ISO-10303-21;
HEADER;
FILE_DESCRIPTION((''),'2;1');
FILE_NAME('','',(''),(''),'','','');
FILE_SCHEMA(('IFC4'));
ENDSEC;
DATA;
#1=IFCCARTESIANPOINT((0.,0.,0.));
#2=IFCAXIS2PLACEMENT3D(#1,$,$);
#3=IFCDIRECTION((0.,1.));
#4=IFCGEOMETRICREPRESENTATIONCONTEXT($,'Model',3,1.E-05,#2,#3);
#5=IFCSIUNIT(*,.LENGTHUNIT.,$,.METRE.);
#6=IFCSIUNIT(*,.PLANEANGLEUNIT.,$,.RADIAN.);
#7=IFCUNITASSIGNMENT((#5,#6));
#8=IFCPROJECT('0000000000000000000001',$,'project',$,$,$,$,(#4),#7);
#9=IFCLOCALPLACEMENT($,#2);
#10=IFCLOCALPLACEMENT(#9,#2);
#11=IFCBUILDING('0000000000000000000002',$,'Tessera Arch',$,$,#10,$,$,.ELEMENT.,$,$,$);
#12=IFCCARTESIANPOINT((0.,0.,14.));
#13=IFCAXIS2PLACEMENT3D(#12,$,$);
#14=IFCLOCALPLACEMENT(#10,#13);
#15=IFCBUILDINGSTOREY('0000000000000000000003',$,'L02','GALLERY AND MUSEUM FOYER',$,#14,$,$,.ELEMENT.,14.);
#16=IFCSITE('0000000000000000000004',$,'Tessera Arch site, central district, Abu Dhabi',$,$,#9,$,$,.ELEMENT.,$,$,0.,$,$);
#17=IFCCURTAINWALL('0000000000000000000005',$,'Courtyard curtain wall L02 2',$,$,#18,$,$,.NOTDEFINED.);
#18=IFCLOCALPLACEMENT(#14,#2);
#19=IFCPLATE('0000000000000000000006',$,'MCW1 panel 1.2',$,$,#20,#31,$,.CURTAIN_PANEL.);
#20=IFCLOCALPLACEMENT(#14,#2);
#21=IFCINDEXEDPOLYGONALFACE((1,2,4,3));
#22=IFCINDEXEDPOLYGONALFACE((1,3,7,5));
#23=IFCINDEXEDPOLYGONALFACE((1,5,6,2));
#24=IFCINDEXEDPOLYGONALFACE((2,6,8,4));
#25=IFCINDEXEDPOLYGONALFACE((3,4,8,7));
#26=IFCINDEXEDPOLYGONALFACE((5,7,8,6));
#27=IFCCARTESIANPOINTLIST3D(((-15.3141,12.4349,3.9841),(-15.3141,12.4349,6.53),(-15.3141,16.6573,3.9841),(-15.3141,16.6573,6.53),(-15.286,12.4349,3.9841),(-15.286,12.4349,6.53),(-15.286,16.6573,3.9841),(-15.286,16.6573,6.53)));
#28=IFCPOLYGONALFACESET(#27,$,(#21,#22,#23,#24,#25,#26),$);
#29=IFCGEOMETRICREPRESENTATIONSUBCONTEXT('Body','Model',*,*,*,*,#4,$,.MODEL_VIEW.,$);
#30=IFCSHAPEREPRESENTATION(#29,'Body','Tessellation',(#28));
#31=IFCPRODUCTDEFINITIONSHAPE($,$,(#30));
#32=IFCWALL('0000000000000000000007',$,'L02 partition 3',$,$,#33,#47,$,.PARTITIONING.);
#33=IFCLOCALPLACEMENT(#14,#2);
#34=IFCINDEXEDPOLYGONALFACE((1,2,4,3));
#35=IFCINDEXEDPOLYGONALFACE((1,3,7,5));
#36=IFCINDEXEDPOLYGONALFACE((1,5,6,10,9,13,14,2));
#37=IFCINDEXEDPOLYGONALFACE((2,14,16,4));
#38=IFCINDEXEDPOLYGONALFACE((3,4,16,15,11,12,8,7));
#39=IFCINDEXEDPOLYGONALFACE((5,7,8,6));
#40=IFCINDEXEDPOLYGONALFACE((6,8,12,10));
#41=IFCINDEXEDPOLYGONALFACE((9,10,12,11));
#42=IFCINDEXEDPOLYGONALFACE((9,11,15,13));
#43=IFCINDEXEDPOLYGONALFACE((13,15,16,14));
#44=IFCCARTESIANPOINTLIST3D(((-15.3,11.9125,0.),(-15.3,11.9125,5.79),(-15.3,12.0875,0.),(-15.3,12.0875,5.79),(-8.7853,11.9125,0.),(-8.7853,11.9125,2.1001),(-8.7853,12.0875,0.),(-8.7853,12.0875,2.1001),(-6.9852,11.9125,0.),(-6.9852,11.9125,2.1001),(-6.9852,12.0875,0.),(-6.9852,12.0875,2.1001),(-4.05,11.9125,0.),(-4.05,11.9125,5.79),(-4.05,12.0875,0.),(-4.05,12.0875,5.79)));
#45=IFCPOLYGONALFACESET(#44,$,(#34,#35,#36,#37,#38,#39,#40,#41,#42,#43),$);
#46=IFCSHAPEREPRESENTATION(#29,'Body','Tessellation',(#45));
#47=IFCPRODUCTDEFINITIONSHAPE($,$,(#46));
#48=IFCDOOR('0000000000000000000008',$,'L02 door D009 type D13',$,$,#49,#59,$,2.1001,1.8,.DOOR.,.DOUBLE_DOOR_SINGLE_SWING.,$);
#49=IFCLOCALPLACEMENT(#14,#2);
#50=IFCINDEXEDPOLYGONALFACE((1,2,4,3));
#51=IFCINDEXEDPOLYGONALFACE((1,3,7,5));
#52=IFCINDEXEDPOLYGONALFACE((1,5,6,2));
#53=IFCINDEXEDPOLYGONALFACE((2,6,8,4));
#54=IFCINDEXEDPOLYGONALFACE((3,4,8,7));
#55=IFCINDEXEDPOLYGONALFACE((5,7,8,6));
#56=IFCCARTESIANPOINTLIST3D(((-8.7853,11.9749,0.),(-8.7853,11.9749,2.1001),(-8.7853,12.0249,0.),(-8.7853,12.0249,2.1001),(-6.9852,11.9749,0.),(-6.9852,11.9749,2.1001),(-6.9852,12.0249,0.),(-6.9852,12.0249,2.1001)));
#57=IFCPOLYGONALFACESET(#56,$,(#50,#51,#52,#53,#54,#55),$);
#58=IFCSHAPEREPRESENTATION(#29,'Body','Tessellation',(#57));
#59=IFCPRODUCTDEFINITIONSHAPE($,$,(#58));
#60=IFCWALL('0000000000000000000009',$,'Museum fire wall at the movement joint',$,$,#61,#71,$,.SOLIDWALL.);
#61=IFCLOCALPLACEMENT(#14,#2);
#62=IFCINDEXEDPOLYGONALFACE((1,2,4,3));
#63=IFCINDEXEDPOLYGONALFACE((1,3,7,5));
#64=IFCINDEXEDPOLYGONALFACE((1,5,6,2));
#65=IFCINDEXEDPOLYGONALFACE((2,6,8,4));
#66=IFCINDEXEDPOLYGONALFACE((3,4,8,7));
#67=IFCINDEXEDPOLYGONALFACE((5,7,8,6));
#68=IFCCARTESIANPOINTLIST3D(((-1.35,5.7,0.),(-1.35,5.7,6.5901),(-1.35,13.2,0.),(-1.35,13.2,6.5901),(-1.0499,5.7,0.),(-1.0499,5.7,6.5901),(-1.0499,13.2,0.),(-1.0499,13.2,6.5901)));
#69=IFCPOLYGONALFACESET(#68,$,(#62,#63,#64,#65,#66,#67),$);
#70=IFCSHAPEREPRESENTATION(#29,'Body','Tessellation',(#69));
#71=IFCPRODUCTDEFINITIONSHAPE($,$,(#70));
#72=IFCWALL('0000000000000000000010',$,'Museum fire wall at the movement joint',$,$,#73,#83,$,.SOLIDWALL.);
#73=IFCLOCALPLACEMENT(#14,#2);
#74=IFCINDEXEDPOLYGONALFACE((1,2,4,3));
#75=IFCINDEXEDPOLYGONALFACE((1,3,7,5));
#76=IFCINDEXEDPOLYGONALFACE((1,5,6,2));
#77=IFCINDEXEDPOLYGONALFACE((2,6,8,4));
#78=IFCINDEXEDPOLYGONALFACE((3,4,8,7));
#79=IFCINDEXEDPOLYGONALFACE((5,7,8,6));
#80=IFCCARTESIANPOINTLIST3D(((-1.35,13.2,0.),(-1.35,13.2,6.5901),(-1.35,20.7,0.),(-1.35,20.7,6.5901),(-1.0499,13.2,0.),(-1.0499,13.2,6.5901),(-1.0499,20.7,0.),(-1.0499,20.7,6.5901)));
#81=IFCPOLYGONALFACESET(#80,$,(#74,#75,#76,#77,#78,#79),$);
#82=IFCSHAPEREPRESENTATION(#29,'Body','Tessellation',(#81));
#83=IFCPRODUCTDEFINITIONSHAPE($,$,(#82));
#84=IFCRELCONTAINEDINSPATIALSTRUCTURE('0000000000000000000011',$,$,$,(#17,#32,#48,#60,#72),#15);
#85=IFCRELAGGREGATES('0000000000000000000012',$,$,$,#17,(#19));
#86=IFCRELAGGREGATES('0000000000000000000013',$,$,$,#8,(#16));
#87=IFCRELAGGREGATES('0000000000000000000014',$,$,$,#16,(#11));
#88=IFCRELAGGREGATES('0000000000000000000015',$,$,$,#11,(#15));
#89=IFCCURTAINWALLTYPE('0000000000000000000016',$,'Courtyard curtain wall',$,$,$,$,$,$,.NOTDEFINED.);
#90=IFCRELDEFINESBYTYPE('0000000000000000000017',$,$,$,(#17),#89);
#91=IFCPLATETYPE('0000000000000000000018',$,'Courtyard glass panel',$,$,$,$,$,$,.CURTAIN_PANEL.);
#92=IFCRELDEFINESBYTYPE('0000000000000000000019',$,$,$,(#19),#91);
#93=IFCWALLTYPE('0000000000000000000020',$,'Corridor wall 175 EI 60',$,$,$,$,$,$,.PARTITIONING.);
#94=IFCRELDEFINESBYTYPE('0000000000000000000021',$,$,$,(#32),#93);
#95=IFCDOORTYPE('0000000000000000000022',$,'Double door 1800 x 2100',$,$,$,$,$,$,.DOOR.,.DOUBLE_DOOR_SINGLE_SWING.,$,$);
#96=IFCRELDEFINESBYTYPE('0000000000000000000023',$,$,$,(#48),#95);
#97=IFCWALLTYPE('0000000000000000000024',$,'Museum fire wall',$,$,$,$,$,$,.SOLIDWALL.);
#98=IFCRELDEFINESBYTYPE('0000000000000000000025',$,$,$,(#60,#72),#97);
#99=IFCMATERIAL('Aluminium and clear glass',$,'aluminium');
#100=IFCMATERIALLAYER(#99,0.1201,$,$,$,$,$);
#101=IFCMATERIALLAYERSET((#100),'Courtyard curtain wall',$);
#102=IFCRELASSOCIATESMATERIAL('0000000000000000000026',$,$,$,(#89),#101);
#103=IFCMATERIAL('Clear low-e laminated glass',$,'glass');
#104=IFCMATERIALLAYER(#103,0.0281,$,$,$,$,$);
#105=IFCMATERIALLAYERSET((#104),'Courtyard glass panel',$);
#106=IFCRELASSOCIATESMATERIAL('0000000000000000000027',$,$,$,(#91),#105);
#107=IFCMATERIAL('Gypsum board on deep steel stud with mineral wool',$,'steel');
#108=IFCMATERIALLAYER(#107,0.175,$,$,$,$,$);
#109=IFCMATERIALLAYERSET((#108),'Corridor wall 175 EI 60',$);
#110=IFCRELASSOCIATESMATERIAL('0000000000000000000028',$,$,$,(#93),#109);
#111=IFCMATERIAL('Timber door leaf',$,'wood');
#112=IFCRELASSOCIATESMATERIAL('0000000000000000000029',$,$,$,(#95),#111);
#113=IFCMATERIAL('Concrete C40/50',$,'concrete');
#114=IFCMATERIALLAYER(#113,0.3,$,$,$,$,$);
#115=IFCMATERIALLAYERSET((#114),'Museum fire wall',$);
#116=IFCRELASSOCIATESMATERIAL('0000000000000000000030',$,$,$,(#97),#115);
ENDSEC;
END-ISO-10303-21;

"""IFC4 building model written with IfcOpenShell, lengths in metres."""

from ifc_helpers import new_model, si_unit, direction, frame, frame_2d, origin, origin_2d, place, context, subcontext, project, spatial, rectangle, extrude, material, layer, layer_set, type_object, element, fill, aggregate, save


model = new_model("IFC4")

# Units and contexts
model_context = context("Model", 3, precision=1e-05, world=origin(), true_north=direction((0.0, 1.0)))
body_context = subcontext(model_context, "Body", "Model", "MODEL_VIEW")
ifc_project = project(units=[si_unit("LENGTHUNIT", "METRE"), si_unit("PLANEANGLEUNIT", "RADIAN")], contexts=[model_context])

# Site, building, storey
site_placement = place(None, origin())
site = spatial("IfcSite", under=ifc_project, at=site_placement, Name="Tessera Arch site, central district, Abu Dhabi", CompositionType="ELEMENT", RefElevation=0.0)
building_placement = place(site_placement, origin())
building = spatial("IfcBuilding", under=site, at=building_placement, Name="Tessera Arch", CompositionType="ELEMENT")
storey_placement = place(building_placement, frame((0.0, 0.0, 14.0)))
storey = spatial("IfcBuildingStorey", under=building, at=storey_placement, Name="L02", Description="GALLERY AND MUSEUM FOYER", CompositionType="ELEMENT", Elevation=14.0)

# Shared definitions
ifc_material_1 = material(Name="Aluminium and clear glass", Category="aluminium")
ifc_layer_1 = layer(ifc_material_1, 0.1201)
ifc_layer_set_1 = layer_set([ifc_layer_1], Name="Courtyard curtain wall")
curtain_wall_type_1 = type_object("IfcCurtainWallType", Name="Courtyard curtain wall", PredefinedType="NOTDEFINED", material=ifc_layer_set_1)

# Curtain wall
curtain_wall_1_placement = place(storey_placement, origin())
curtain_wall_1 = element("IfcCurtainWall", 1, at=curtain_wall_1_placement, inside=storey, type_object=curtain_wall_type_1, Name="Courtyard curtain wall L02 2", PredefinedType="NOTDEFINED")

# Plate
ifc_material_2 = material(Name="Clear low-e laminated glass", Category="glass")
ifc_layer_2 = layer(ifc_material_2, 0.0281)
ifc_layer_set_2 = layer_set([ifc_layer_2], Name="Courtyard glass panel")
plate_type_1 = type_object("IfcPlateType", Name="Courtyard glass panel", PredefinedType="CURTAIN_PANEL", material=ifc_layer_set_2)
plate_1_placement = place(storey_placement, frame((-15.3, 14.5461, 3.9841), z_axis=(0.0, 0.0, 1.0), x_axis=(0.0, 1.0, 0.0)))
plate_1 = element("IfcPlate", 2, at=plate_1_placement, type_object=plate_type_1, Name="MCW1 panel 1.2", PredefinedType="CURTAIN_PANEL", context=body_context, shape_type="SweptSolid", body=[
    extrude(rectangle(XDim=4.2224, YDim=0.0281, at=origin_2d()), origin(), (0.0, 0.0, 1.0), 2.5459),
])
aggregate(curtain_wall_1, [plate_1])

# Wall, opening, door
ifc_material_3 = material(Name="Gypsum board on deep steel stud with mineral wool", Category="steel")
ifc_layer_3 = layer(ifc_material_3, 0.175)
ifc_layer_set_3 = layer_set([ifc_layer_3], Name="Corridor wall 175 EI 60")
wall_type_1 = type_object("IfcWallType", Name="Corridor wall 175 EI 60", PredefinedType="PARTITIONING", material=ifc_layer_set_3)
wall_placement = place(storey_placement, frame((-15.3, 12.0, 0.0), z_axis=(0.0, 0.0, 1.0), x_axis=(1.0, 0.0, 0.0)))
wall = element("IfcWall", 3, at=wall_placement, inside=storey, type_object=wall_type_1, Name="L02 partition 3", PredefinedType="PARTITIONING", context=body_context, shape_type="SweptSolid", body=[
    extrude(rectangle(XDim=11.25, YDim=0.175, at=frame_2d((5.625, 0.0))), origin(), (0.0, 0.0, 1.0), 5.79),
])
opening_placement = place(wall_placement, frame((6.5149, 0.0, 0.0)))
opening = element("IfcOpeningElement", 4, at=opening_placement, cuts=wall, PredefinedType="OPENING", context=body_context, shape_type="SweptSolid", body=[
    extrude(rectangle(XDim=1.8, YDim=2.1001, at=frame_2d((0.8999, 1.05))), frame((0.0, 0.0974, 0.0), z_axis=(0.0, -1.0, 0.0), x_axis=(1.0, 0.0, 0.0)), (0.0, 0.0, 1.0), 0.1951),
])
ifc_material_4 = material(Name="Timber door leaf", Category="wood")
door_type = type_object("IfcDoorType", Name="Double door 1800 x 2100", OperationType="DOUBLE_DOOR_SINGLE_SWING", PredefinedType="DOOR", material=ifc_material_4)
door_placement = place(opening_placement, origin())
door = element("IfcDoor", 5, at=door_placement, inside=storey, type_object=door_type, Name="L02 door D009 type D13", OperationType="DOUBLE_DOOR_SINGLE_SWING", OverallHeight=2.1001, OverallWidth=1.8, PredefinedType="DOOR", context=body_context, shape_type="SweptSolid", body=[
    extrude(rectangle(XDim=1.8, YDim=2.1001, at=frame_2d((0.8999, 1.05))), frame((0.0, 0.0249, 0.0), z_axis=(0.0, -1.0, 0.0), x_axis=(1.0, 0.0, 0.0)), (0.0, 0.0, 1.0), 0.05),
])
fill(opening, door)

# Walls
ifc_material_5 = material(Name="Concrete C40/50", Category="concrete")
ifc_layer_4 = layer(ifc_material_5, 0.3)
ifc_layer_set_4 = layer_set([ifc_layer_4], Name="Museum fire wall")
wall_type_2 = type_object("IfcWallType", Name="Museum fire wall", PredefinedType="SOLIDWALL", material=ifc_layer_set_4)
for number, where, z_axis, x_axis, name in (
    (6, (-1.2, 5.7, 0.0), (0.0, 0.0, 1.0), (0.0, 1.0, 0.0), "Museum fire wall at the movement joint"),
    (7, (-1.2, 13.2, 0.0), (0.0, 0.0, 1.0), (0.0, 1.0, 0.0), "Museum fire wall at the movement joint"),
):
    element("IfcWall", number, at=place(storey_placement, frame(where, z_axis=z_axis, x_axis=x_axis)), inside=storey, type_object=wall_type_2, Name=name, PredefinedType="SOLIDWALL", context=body_context, shape_type="SweptSolid", body=[
        extrude(rectangle(XDim=7.5, YDim=0.3, at=frame_2d((3.75, 0.0))), origin(), (0.0, 0.0, 1.0), 6.5901),
    ])

save(model, "model.ifc")
